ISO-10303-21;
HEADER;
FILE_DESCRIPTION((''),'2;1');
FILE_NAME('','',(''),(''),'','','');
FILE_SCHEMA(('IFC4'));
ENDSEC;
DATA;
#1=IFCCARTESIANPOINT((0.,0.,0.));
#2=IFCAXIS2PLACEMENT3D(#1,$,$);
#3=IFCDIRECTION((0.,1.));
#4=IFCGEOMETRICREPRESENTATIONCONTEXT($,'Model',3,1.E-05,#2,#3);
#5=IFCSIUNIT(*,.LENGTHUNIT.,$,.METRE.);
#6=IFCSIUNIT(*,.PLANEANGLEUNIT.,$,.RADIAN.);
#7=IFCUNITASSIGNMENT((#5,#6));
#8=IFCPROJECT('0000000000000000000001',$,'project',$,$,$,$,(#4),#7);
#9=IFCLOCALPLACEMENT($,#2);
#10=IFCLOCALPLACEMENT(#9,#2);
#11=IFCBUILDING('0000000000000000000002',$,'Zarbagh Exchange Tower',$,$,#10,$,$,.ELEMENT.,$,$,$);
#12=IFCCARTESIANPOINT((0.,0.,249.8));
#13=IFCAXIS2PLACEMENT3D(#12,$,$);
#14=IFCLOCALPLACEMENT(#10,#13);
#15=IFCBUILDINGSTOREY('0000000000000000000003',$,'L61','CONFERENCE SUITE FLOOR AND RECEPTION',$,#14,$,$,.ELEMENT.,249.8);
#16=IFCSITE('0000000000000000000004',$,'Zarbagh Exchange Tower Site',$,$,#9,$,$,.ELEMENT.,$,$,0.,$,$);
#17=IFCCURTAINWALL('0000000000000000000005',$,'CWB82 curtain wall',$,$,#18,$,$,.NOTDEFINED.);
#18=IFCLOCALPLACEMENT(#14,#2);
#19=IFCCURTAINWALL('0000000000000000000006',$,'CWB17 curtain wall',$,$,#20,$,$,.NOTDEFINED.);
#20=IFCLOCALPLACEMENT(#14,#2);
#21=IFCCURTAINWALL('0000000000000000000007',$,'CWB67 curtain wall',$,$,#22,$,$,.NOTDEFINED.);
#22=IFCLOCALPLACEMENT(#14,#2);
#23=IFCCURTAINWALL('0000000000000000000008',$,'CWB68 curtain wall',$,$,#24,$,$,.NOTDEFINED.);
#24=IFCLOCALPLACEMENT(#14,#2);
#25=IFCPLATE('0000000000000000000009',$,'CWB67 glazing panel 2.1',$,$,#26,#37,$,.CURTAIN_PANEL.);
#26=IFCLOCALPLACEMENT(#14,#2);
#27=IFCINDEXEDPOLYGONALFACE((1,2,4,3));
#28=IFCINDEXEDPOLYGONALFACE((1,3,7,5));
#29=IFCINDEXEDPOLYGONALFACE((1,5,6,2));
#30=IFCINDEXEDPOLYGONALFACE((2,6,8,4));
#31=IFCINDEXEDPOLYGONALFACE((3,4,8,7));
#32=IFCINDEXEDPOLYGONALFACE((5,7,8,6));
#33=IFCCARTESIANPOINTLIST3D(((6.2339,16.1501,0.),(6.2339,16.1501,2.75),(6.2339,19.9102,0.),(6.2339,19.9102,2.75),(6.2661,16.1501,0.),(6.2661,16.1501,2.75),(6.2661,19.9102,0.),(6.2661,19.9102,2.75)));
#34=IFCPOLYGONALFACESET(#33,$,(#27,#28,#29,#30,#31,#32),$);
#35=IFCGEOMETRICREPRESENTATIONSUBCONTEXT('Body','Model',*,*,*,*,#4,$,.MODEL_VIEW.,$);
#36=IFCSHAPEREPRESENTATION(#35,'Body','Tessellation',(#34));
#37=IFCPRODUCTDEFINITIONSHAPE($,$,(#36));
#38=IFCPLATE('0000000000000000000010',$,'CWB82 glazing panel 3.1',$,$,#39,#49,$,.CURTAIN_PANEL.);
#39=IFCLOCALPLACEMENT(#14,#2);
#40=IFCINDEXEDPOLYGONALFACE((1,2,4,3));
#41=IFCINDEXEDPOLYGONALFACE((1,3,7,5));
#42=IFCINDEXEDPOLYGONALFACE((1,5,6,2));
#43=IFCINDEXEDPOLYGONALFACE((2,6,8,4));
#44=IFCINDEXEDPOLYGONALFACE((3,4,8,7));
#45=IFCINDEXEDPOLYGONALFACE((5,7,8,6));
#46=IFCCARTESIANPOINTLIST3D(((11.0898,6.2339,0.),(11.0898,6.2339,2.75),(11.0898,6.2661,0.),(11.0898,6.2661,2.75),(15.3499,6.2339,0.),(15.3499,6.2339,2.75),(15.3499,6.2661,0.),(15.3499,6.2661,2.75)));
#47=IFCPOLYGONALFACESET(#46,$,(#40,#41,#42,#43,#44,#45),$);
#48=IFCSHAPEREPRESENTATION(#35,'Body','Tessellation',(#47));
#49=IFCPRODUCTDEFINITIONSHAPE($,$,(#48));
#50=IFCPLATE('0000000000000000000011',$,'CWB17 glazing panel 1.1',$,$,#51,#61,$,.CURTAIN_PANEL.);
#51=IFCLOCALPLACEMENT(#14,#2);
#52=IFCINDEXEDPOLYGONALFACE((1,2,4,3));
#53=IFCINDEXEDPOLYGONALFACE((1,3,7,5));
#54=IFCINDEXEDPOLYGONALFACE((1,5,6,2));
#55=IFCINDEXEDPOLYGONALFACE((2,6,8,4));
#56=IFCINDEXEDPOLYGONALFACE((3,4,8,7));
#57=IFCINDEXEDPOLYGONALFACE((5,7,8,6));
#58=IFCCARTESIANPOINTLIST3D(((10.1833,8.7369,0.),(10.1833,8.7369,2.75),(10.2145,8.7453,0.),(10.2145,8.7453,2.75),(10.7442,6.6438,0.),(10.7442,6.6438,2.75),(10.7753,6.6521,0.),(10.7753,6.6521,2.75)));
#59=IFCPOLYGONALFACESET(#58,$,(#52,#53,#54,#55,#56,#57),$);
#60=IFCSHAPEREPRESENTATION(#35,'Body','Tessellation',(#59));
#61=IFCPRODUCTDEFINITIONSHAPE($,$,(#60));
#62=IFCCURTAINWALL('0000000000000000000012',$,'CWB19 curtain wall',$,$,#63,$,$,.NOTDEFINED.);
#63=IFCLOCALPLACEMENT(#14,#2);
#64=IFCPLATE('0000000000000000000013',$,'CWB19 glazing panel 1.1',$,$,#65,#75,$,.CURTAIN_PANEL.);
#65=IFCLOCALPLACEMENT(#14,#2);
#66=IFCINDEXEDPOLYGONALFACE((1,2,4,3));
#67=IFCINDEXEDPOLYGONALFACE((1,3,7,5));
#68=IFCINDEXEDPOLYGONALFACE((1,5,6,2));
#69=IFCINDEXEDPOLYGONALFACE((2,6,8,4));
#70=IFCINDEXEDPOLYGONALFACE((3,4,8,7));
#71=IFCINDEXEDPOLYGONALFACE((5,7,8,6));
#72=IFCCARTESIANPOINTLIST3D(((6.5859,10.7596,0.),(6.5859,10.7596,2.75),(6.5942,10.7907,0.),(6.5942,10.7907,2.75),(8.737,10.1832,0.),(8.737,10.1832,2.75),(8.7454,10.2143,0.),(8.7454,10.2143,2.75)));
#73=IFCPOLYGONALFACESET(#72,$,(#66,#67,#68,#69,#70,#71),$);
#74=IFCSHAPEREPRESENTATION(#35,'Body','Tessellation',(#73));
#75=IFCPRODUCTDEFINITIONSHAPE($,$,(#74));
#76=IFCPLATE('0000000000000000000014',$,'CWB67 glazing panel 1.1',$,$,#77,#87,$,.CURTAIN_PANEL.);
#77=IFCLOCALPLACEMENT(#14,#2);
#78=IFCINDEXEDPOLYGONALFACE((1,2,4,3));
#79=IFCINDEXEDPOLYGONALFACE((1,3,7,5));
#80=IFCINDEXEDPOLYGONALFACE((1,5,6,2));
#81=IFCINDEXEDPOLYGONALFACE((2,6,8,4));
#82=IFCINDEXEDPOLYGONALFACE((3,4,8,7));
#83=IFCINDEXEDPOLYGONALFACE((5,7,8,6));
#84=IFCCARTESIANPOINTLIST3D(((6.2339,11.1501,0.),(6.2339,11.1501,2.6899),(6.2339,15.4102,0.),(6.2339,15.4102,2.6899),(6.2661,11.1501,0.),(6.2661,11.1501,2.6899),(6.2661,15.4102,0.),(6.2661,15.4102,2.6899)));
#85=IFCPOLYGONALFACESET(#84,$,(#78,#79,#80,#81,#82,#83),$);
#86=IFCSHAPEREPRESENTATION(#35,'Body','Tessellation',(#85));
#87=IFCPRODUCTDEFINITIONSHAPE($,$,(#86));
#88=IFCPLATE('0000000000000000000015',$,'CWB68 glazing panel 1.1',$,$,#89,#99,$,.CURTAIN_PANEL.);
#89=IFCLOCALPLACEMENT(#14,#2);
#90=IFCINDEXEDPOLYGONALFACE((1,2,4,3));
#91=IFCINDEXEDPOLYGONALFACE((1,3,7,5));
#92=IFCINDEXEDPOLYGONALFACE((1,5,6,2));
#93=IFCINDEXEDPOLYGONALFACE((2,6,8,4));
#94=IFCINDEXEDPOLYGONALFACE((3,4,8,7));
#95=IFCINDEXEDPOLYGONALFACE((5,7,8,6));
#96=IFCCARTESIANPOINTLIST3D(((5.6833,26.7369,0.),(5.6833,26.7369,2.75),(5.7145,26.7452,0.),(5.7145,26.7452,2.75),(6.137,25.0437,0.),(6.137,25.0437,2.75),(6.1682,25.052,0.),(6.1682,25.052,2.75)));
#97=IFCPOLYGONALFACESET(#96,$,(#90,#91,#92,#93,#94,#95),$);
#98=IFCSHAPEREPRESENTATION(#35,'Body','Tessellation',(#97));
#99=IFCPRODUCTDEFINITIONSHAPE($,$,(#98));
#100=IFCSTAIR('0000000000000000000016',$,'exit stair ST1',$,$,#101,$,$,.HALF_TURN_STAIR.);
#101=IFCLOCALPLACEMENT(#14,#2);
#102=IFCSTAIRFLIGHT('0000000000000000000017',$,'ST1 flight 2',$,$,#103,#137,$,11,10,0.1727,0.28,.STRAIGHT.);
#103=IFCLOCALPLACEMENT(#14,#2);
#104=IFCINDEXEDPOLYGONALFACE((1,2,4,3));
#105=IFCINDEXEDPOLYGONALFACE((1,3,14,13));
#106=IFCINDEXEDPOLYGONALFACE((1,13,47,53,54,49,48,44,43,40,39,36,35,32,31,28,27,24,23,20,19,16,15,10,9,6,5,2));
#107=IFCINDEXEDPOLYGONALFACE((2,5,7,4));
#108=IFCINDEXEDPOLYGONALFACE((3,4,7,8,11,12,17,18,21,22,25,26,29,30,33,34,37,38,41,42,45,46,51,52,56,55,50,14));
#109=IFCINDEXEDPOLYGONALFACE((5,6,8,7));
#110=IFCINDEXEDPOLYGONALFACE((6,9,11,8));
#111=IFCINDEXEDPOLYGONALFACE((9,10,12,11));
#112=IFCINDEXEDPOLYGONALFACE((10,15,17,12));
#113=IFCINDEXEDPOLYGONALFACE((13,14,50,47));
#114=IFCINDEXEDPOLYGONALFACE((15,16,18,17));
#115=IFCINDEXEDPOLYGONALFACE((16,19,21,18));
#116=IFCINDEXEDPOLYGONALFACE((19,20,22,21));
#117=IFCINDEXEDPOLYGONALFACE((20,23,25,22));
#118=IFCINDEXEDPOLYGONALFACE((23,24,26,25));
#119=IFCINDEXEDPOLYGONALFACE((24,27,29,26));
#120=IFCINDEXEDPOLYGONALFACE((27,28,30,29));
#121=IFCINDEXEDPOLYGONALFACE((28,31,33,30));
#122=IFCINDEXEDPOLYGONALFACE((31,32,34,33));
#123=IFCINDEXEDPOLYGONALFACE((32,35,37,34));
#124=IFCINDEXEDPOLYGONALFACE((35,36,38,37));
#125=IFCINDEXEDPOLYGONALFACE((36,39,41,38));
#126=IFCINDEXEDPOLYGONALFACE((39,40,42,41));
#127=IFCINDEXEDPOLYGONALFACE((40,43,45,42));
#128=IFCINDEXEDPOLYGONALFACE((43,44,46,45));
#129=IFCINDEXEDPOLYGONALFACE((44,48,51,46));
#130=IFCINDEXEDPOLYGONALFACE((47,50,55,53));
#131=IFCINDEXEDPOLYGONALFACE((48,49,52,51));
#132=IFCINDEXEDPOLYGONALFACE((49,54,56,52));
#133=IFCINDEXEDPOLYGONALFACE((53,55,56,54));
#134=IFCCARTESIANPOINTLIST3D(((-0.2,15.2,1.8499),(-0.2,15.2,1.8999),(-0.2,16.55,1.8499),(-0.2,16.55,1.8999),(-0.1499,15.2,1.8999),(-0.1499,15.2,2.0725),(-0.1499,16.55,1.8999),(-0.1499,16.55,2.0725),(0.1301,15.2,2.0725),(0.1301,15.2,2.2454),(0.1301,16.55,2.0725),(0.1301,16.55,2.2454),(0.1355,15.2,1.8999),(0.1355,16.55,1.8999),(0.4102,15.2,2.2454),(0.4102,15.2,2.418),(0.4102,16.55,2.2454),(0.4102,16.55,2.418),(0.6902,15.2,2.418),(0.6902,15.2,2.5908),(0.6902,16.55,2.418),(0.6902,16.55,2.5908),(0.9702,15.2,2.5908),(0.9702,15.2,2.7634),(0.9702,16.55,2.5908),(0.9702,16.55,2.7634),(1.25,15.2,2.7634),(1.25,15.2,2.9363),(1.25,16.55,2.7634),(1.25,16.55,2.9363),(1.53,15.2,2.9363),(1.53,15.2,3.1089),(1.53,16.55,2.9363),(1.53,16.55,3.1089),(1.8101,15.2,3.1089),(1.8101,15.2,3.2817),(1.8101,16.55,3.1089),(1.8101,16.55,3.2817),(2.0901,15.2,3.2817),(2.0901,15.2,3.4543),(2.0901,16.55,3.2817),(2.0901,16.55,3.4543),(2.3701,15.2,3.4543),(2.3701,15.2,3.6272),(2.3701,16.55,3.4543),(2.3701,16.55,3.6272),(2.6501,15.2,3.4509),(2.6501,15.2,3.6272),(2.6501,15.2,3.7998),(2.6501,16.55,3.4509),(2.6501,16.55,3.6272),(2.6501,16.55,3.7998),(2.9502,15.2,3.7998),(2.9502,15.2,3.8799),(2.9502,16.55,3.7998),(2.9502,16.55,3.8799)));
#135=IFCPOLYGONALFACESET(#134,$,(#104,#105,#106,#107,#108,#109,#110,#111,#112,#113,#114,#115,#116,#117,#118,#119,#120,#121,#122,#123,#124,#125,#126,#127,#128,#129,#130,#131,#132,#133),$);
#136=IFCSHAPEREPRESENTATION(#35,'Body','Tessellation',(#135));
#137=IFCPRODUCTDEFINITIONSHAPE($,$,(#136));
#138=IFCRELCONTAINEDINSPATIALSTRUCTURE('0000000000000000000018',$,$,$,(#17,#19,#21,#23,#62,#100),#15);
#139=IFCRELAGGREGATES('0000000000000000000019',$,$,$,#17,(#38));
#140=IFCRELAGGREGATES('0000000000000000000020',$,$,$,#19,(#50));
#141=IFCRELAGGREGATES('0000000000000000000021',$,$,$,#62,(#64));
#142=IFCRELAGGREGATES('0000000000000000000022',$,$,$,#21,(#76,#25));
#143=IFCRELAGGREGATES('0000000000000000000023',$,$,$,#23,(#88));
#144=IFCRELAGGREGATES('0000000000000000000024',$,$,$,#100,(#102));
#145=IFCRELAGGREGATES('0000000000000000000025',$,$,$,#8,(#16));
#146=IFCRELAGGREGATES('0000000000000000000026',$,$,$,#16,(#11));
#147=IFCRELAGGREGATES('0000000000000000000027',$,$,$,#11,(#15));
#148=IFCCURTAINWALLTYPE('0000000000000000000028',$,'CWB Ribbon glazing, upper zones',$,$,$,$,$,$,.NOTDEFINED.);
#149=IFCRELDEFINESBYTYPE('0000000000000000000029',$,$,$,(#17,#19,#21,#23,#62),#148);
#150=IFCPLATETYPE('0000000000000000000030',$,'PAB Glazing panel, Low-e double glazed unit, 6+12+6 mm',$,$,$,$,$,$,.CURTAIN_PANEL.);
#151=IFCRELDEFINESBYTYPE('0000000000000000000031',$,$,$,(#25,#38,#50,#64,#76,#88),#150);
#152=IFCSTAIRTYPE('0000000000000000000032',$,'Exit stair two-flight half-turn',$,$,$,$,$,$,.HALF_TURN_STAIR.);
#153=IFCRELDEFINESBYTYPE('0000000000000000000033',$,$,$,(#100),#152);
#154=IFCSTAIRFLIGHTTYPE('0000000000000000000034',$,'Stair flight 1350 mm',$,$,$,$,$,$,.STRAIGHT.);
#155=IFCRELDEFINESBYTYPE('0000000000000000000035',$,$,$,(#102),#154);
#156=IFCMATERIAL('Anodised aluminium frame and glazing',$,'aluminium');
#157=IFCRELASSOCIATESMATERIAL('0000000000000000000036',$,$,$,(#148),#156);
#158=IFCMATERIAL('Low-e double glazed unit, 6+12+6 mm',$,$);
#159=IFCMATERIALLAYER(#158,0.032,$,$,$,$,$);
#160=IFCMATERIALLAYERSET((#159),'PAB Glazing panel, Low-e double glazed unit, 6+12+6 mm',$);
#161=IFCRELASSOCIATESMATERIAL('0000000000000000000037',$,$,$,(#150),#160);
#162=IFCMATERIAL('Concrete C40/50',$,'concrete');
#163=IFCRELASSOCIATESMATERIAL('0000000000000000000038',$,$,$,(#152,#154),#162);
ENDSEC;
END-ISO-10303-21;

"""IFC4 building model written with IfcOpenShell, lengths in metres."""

from ifc_helpers import new_model, si_unit, direction, frame, origin, place, context, subcontext, project, spatial, polyline, outline, extrude, source, transform, mapped, material, layer, layer_set, type_object, element, aggregate, save


model = new_model("IFC4")

# Units and contexts
model_context = context("Model", 3, precision=1e-05, world=origin(), true_north=direction((0.0, 1.0)))
body_context = subcontext(model_context, "Body", "Model", "MODEL_VIEW")
ifc_project = project(units=[si_unit("LENGTHUNIT", "METRE"), si_unit("PLANEANGLEUNIT", "RADIAN")], contexts=[model_context])

# Site, building, storey
site_placement = place(None, origin())
site = spatial("IfcSite", under=ifc_project, at=site_placement, Name="Zarbagh Exchange Tower Site", CompositionType="ELEMENT", RefElevation=0.0)
building_placement = place(site_placement, origin())
building = spatial("IfcBuilding", under=site, at=building_placement, Name="Zarbagh Exchange Tower", CompositionType="ELEMENT")
storey_placement = place(building_placement, frame((0.0, 0.0, 249.8)))
storey = spatial("IfcBuildingStorey", under=building, at=storey_placement, Name="L61", Description="CONFERENCE SUITE FLOOR AND RECEPTION", CompositionType="ELEMENT", Elevation=249.8)

# Curtain walls
ifc_material_1 = material(Name="Anodised aluminium frame and glazing", Category="aluminium")
curtain_wall_type = type_object("IfcCurtainWallType", Name="CWB Ribbon glazing, upper zones", PredefinedType="NOTDEFINED", material=ifc_material_1)
curtain_wall_1_placement = place(storey_placement, origin())
curtain_wall_1 = element("IfcCurtainWall", 1, at=curtain_wall_1_placement, inside=storey, type_object=curtain_wall_type, Name="CWB82 curtain wall", PredefinedType="NOTDEFINED")
placement = place(storey_placement, origin())
curtain_wall_2_placement = place(storey_placement, origin())
curtain_wall_2 = element("IfcCurtainWall", 2, at=curtain_wall_2_placement, inside=storey, type_object=curtain_wall_type, Name="CWB17 curtain wall", PredefinedType="NOTDEFINED")

# Curtain wall
curtain_wall_3_placement = place(storey_placement, origin())
curtain_wall_3 = element("IfcCurtainWall", 3, at=curtain_wall_3_placement, inside=storey, type_object=curtain_wall_type, Name="CWB67 curtain wall", PredefinedType="NOTDEFINED")

# Curtain wall
curtain_wall_4_placement = place(storey_placement, origin())
curtain_wall_4 = element("IfcCurtainWall", 4, at=curtain_wall_4_placement, inside=storey, type_object=curtain_wall_type, Name="CWB68 curtain wall", PredefinedType="NOTDEFINED")

# Shared definitions
ifc_material_2 = material(Name="Low-e double glazed unit, 6+12+6 mm")
ifc_layer = layer(ifc_material_2, 0.032)
ifc_layer_set = layer_set([ifc_layer], Name="PAB Glazing panel, Low-e double glazed unit, 6+12+6 mm")
plate_type = type_object("IfcPlateType", Name="PAB Glazing panel, Low-e double glazed unit, 6+12+6 mm", PredefinedType="CURTAIN_PANEL", material=ifc_layer_set)

# Plates
shared_shape_1 = source(origin(), body_context, "Body", "SweptSolid", [
    extrude(outline(polyline([(0.0, -0.0161), (3.76, -0.0161), (3.76, 0.0161), (0.0, 0.0161), (0.0, -0.0161)])), origin(), (0.0, 0.0, 1.0), 2.75),
])
plate_1 = element("IfcPlate", 5, at=placement, type_object=plate_type, Name="CWB67 glazing panel 2.1", PredefinedType="CURTAIN_PANEL", context=body_context, shape_type="MappedRepresentation", body=[
    mapped(shared_shape_1, transform((6.25, 16.1501, 0.0), x_axis=(0.0, 1.0, 0.0), y_axis=(-1.0, 0.0, 0.0), z_axis=(0.0, 0.0, 1.0))),
])
shared_shape_2 = source(origin(), body_context, "Body", "SweptSolid", [
    extrude(outline(polyline([(0.0, -0.0161), (4.26, -0.0161), (4.26, 0.0161), (0.0, 0.0161), (0.0, -0.0161)])), origin(), (0.0, 0.0, 1.0), 2.75),
])
plate_2 = element("IfcPlate", 6, at=placement, type_object=plate_type, Name="CWB82 glazing panel 3.1", PredefinedType="CURTAIN_PANEL", context=body_context, shape_type="MappedRepresentation", body=[
    mapped(shared_shape_2, transform((15.3499, 6.25, 0.0), x_axis=(-1.0, 0.0, 0.0), y_axis=(0.0, -1.0, 0.0), z_axis=(0.0, 0.0, 1.0))),
])
aggregate(curtain_wall_1, [plate_2])
shared_shape_3 = source(origin(), body_context, "Body", "SweptSolid", [
    extrude(outline(polyline([(0.0, -0.0161), (2.167, -0.0161), (2.167, 0.0161), (0.0, 0.0161), (0.0, -0.0161)])), origin(), (0.0, 0.0, 1.0), 2.75),
])
plate_3 = element("IfcPlate", 7, at=placement, type_object=plate_type, Name="CWB17 glazing panel 1.1", PredefinedType="CURTAIN_PANEL", context=body_context, shape_type="MappedRepresentation", body=[
    mapped(shared_shape_3, transform((10.7598, 6.6479, 0.0), x_axis=(-0.258825, 0.965924, 0.0), y_axis=(-0.965924, -0.258825, 0.0), z_axis=(0.0, 0.0, 1.0))),
])
aggregate(curtain_wall_2, [plate_3])

# Curtain wall, plate
curtain_wall_5_placement = place(storey_placement, origin())
curtain_wall_5 = element("IfcCurtainWall", 8, at=curtain_wall_5_placement, inside=storey, type_object=curtain_wall_type, Name="CWB19 curtain wall", PredefinedType="NOTDEFINED")
shared_shape_4 = source(origin(), body_context, "Body", "SweptSolid", [
    extrude(outline(polyline([(0.0, -0.0161), (2.2271, -0.0161), (2.2271, 0.0161), (0.0, 0.0161), (0.0, -0.0161)])), origin(), (0.0, 0.0, 1.0), 2.75),
])
plate_4 = element("IfcPlate", 9, at=placement, type_object=plate_type, Name="CWB19 glazing panel 1.1", PredefinedType="CURTAIN_PANEL", context=body_context, shape_type="MappedRepresentation", body=[
    mapped(shared_shape_4, transform((8.7412, 10.1987, 0.0), x_axis=(-0.965924, 0.258825, 0.0), y_axis=(-0.258825, -0.965924, 0.0), z_axis=(0.0, 0.0, 1.0))),
])
aggregate(curtain_wall_5, [plate_4])

# Plates
shared_shape_5 = source(origin(), body_context, "Body", "SweptSolid", [
    extrude(outline(polyline([(0.0, -0.0161), (4.26, -0.0161), (4.26, 0.0161), (0.0, 0.0161), (0.0, -0.0161)])), origin(), (0.0, 0.0, 1.0), 2.6899),
])
plate_5 = element("IfcPlate", 10, at=placement, type_object=plate_type, Name="CWB67 glazing panel 1.1", PredefinedType="CURTAIN_PANEL", context=body_context, shape_type="MappedRepresentation", body=[
    mapped(shared_shape_5, transform((6.25, 11.1501, 0.0), x_axis=(0.0, 1.0, 0.0), y_axis=(-1.0, 0.0, 0.0), z_axis=(0.0, 0.0, 1.0))),
])
aggregate(curtain_wall_3, [plate_5, plate_1])
shared_shape_6 = source(origin(), body_context, "Body", "SweptSolid", [
    extrude(outline(polyline([(0.0, -0.0161), (1.7529, -0.0161), (1.7529, 0.0161), (0.0, 0.0161), (0.0, -0.0161)])), origin(), (0.0, 0.0, 1.0), 2.75),
])
plate_6 = element("IfcPlate", 11, at=placement, type_object=plate_type, Name="CWB68 glazing panel 1.1", PredefinedType="CURTAIN_PANEL", context=body_context, shape_type="MappedRepresentation", body=[
    mapped(shared_shape_6, transform((6.1526, 25.0479, 0.0), x_axis=(-0.258825, 0.965924, 0.0), y_axis=(-0.965924, -0.258825, 0.0), z_axis=(0.0, 0.0, 1.0))),
])
aggregate(curtain_wall_4, [plate_6])

# Stair, stair flight
ifc_material_3 = material(Name="Concrete C40/50", Category="concrete")
stair_type = type_object("IfcStairType", Name="Exit stair two-flight half-turn", PredefinedType="HALF_TURN_STAIR", material=ifc_material_3)
stair_placement = place(storey_placement, origin())
stair = element("IfcStair", 12, at=stair_placement, inside=storey, type_object=stair_type, Name="exit stair ST1", PredefinedType="HALF_TURN_STAIR")
stair_flight_type = type_object("IfcStairFlightType", Name="Stair flight 1350 mm", PredefinedType="STRAIGHT", material=ifc_material_3)
stair_flight_placement = place(storey_placement, frame((-0.1499, 15.875, 1.8999), z_axis=(0.0, 0.0, 1.0), x_axis=(1.0, 0.0, 0.0)))
stair_flight = element("IfcStairFlight", 13, at=stair_flight_placement, type_object=stair_flight_type, Name="ST1 flight 2", NumberOfRisers=11, NumberOfTreads=10, PredefinedType="STRAIGHT", RiserHeight=0.1727, TreadLength=0.28, context=body_context, shape_type="SweptSolid", body=[
    extrude(outline(polyline([(-0.05, -0.05), (-0.05, 0.0), (0.0, 0.0), (0.0, 0.1726), (0.28, 0.1726), (0.28, 0.3455), (0.5601, 0.3455), (0.5601, 0.5181), (0.8401, 0.5181), (0.8401, 0.6909), (1.1201, 0.6909), (1.1201, 0.8635), (1.3999, 0.8635), (1.3999, 1.0364), (1.6799, 1.0364), (1.6799, 1.209), (1.96, 1.209), (1.96, 1.3818), (2.24, 1.3818), (2.24, 1.5544), (2.52, 1.5544), (2.52, 1.7273), (2.8, 1.7273), (2.8, 1.8999), (3.1001, 1.98), (3.1001, 1.8999), (2.8, 1.551), (0.2854, 0.0), (-0.05, -0.05)])), frame((0.0, 0.675, 0.0), z_axis=(0.0, -1.0, 0.0), x_axis=(1.0, 0.0, 0.0)), (0.0, 0.0, 1.0), 1.3501),
])
aggregate(stair, [stair_flight])

save(model, "model.ifc")
